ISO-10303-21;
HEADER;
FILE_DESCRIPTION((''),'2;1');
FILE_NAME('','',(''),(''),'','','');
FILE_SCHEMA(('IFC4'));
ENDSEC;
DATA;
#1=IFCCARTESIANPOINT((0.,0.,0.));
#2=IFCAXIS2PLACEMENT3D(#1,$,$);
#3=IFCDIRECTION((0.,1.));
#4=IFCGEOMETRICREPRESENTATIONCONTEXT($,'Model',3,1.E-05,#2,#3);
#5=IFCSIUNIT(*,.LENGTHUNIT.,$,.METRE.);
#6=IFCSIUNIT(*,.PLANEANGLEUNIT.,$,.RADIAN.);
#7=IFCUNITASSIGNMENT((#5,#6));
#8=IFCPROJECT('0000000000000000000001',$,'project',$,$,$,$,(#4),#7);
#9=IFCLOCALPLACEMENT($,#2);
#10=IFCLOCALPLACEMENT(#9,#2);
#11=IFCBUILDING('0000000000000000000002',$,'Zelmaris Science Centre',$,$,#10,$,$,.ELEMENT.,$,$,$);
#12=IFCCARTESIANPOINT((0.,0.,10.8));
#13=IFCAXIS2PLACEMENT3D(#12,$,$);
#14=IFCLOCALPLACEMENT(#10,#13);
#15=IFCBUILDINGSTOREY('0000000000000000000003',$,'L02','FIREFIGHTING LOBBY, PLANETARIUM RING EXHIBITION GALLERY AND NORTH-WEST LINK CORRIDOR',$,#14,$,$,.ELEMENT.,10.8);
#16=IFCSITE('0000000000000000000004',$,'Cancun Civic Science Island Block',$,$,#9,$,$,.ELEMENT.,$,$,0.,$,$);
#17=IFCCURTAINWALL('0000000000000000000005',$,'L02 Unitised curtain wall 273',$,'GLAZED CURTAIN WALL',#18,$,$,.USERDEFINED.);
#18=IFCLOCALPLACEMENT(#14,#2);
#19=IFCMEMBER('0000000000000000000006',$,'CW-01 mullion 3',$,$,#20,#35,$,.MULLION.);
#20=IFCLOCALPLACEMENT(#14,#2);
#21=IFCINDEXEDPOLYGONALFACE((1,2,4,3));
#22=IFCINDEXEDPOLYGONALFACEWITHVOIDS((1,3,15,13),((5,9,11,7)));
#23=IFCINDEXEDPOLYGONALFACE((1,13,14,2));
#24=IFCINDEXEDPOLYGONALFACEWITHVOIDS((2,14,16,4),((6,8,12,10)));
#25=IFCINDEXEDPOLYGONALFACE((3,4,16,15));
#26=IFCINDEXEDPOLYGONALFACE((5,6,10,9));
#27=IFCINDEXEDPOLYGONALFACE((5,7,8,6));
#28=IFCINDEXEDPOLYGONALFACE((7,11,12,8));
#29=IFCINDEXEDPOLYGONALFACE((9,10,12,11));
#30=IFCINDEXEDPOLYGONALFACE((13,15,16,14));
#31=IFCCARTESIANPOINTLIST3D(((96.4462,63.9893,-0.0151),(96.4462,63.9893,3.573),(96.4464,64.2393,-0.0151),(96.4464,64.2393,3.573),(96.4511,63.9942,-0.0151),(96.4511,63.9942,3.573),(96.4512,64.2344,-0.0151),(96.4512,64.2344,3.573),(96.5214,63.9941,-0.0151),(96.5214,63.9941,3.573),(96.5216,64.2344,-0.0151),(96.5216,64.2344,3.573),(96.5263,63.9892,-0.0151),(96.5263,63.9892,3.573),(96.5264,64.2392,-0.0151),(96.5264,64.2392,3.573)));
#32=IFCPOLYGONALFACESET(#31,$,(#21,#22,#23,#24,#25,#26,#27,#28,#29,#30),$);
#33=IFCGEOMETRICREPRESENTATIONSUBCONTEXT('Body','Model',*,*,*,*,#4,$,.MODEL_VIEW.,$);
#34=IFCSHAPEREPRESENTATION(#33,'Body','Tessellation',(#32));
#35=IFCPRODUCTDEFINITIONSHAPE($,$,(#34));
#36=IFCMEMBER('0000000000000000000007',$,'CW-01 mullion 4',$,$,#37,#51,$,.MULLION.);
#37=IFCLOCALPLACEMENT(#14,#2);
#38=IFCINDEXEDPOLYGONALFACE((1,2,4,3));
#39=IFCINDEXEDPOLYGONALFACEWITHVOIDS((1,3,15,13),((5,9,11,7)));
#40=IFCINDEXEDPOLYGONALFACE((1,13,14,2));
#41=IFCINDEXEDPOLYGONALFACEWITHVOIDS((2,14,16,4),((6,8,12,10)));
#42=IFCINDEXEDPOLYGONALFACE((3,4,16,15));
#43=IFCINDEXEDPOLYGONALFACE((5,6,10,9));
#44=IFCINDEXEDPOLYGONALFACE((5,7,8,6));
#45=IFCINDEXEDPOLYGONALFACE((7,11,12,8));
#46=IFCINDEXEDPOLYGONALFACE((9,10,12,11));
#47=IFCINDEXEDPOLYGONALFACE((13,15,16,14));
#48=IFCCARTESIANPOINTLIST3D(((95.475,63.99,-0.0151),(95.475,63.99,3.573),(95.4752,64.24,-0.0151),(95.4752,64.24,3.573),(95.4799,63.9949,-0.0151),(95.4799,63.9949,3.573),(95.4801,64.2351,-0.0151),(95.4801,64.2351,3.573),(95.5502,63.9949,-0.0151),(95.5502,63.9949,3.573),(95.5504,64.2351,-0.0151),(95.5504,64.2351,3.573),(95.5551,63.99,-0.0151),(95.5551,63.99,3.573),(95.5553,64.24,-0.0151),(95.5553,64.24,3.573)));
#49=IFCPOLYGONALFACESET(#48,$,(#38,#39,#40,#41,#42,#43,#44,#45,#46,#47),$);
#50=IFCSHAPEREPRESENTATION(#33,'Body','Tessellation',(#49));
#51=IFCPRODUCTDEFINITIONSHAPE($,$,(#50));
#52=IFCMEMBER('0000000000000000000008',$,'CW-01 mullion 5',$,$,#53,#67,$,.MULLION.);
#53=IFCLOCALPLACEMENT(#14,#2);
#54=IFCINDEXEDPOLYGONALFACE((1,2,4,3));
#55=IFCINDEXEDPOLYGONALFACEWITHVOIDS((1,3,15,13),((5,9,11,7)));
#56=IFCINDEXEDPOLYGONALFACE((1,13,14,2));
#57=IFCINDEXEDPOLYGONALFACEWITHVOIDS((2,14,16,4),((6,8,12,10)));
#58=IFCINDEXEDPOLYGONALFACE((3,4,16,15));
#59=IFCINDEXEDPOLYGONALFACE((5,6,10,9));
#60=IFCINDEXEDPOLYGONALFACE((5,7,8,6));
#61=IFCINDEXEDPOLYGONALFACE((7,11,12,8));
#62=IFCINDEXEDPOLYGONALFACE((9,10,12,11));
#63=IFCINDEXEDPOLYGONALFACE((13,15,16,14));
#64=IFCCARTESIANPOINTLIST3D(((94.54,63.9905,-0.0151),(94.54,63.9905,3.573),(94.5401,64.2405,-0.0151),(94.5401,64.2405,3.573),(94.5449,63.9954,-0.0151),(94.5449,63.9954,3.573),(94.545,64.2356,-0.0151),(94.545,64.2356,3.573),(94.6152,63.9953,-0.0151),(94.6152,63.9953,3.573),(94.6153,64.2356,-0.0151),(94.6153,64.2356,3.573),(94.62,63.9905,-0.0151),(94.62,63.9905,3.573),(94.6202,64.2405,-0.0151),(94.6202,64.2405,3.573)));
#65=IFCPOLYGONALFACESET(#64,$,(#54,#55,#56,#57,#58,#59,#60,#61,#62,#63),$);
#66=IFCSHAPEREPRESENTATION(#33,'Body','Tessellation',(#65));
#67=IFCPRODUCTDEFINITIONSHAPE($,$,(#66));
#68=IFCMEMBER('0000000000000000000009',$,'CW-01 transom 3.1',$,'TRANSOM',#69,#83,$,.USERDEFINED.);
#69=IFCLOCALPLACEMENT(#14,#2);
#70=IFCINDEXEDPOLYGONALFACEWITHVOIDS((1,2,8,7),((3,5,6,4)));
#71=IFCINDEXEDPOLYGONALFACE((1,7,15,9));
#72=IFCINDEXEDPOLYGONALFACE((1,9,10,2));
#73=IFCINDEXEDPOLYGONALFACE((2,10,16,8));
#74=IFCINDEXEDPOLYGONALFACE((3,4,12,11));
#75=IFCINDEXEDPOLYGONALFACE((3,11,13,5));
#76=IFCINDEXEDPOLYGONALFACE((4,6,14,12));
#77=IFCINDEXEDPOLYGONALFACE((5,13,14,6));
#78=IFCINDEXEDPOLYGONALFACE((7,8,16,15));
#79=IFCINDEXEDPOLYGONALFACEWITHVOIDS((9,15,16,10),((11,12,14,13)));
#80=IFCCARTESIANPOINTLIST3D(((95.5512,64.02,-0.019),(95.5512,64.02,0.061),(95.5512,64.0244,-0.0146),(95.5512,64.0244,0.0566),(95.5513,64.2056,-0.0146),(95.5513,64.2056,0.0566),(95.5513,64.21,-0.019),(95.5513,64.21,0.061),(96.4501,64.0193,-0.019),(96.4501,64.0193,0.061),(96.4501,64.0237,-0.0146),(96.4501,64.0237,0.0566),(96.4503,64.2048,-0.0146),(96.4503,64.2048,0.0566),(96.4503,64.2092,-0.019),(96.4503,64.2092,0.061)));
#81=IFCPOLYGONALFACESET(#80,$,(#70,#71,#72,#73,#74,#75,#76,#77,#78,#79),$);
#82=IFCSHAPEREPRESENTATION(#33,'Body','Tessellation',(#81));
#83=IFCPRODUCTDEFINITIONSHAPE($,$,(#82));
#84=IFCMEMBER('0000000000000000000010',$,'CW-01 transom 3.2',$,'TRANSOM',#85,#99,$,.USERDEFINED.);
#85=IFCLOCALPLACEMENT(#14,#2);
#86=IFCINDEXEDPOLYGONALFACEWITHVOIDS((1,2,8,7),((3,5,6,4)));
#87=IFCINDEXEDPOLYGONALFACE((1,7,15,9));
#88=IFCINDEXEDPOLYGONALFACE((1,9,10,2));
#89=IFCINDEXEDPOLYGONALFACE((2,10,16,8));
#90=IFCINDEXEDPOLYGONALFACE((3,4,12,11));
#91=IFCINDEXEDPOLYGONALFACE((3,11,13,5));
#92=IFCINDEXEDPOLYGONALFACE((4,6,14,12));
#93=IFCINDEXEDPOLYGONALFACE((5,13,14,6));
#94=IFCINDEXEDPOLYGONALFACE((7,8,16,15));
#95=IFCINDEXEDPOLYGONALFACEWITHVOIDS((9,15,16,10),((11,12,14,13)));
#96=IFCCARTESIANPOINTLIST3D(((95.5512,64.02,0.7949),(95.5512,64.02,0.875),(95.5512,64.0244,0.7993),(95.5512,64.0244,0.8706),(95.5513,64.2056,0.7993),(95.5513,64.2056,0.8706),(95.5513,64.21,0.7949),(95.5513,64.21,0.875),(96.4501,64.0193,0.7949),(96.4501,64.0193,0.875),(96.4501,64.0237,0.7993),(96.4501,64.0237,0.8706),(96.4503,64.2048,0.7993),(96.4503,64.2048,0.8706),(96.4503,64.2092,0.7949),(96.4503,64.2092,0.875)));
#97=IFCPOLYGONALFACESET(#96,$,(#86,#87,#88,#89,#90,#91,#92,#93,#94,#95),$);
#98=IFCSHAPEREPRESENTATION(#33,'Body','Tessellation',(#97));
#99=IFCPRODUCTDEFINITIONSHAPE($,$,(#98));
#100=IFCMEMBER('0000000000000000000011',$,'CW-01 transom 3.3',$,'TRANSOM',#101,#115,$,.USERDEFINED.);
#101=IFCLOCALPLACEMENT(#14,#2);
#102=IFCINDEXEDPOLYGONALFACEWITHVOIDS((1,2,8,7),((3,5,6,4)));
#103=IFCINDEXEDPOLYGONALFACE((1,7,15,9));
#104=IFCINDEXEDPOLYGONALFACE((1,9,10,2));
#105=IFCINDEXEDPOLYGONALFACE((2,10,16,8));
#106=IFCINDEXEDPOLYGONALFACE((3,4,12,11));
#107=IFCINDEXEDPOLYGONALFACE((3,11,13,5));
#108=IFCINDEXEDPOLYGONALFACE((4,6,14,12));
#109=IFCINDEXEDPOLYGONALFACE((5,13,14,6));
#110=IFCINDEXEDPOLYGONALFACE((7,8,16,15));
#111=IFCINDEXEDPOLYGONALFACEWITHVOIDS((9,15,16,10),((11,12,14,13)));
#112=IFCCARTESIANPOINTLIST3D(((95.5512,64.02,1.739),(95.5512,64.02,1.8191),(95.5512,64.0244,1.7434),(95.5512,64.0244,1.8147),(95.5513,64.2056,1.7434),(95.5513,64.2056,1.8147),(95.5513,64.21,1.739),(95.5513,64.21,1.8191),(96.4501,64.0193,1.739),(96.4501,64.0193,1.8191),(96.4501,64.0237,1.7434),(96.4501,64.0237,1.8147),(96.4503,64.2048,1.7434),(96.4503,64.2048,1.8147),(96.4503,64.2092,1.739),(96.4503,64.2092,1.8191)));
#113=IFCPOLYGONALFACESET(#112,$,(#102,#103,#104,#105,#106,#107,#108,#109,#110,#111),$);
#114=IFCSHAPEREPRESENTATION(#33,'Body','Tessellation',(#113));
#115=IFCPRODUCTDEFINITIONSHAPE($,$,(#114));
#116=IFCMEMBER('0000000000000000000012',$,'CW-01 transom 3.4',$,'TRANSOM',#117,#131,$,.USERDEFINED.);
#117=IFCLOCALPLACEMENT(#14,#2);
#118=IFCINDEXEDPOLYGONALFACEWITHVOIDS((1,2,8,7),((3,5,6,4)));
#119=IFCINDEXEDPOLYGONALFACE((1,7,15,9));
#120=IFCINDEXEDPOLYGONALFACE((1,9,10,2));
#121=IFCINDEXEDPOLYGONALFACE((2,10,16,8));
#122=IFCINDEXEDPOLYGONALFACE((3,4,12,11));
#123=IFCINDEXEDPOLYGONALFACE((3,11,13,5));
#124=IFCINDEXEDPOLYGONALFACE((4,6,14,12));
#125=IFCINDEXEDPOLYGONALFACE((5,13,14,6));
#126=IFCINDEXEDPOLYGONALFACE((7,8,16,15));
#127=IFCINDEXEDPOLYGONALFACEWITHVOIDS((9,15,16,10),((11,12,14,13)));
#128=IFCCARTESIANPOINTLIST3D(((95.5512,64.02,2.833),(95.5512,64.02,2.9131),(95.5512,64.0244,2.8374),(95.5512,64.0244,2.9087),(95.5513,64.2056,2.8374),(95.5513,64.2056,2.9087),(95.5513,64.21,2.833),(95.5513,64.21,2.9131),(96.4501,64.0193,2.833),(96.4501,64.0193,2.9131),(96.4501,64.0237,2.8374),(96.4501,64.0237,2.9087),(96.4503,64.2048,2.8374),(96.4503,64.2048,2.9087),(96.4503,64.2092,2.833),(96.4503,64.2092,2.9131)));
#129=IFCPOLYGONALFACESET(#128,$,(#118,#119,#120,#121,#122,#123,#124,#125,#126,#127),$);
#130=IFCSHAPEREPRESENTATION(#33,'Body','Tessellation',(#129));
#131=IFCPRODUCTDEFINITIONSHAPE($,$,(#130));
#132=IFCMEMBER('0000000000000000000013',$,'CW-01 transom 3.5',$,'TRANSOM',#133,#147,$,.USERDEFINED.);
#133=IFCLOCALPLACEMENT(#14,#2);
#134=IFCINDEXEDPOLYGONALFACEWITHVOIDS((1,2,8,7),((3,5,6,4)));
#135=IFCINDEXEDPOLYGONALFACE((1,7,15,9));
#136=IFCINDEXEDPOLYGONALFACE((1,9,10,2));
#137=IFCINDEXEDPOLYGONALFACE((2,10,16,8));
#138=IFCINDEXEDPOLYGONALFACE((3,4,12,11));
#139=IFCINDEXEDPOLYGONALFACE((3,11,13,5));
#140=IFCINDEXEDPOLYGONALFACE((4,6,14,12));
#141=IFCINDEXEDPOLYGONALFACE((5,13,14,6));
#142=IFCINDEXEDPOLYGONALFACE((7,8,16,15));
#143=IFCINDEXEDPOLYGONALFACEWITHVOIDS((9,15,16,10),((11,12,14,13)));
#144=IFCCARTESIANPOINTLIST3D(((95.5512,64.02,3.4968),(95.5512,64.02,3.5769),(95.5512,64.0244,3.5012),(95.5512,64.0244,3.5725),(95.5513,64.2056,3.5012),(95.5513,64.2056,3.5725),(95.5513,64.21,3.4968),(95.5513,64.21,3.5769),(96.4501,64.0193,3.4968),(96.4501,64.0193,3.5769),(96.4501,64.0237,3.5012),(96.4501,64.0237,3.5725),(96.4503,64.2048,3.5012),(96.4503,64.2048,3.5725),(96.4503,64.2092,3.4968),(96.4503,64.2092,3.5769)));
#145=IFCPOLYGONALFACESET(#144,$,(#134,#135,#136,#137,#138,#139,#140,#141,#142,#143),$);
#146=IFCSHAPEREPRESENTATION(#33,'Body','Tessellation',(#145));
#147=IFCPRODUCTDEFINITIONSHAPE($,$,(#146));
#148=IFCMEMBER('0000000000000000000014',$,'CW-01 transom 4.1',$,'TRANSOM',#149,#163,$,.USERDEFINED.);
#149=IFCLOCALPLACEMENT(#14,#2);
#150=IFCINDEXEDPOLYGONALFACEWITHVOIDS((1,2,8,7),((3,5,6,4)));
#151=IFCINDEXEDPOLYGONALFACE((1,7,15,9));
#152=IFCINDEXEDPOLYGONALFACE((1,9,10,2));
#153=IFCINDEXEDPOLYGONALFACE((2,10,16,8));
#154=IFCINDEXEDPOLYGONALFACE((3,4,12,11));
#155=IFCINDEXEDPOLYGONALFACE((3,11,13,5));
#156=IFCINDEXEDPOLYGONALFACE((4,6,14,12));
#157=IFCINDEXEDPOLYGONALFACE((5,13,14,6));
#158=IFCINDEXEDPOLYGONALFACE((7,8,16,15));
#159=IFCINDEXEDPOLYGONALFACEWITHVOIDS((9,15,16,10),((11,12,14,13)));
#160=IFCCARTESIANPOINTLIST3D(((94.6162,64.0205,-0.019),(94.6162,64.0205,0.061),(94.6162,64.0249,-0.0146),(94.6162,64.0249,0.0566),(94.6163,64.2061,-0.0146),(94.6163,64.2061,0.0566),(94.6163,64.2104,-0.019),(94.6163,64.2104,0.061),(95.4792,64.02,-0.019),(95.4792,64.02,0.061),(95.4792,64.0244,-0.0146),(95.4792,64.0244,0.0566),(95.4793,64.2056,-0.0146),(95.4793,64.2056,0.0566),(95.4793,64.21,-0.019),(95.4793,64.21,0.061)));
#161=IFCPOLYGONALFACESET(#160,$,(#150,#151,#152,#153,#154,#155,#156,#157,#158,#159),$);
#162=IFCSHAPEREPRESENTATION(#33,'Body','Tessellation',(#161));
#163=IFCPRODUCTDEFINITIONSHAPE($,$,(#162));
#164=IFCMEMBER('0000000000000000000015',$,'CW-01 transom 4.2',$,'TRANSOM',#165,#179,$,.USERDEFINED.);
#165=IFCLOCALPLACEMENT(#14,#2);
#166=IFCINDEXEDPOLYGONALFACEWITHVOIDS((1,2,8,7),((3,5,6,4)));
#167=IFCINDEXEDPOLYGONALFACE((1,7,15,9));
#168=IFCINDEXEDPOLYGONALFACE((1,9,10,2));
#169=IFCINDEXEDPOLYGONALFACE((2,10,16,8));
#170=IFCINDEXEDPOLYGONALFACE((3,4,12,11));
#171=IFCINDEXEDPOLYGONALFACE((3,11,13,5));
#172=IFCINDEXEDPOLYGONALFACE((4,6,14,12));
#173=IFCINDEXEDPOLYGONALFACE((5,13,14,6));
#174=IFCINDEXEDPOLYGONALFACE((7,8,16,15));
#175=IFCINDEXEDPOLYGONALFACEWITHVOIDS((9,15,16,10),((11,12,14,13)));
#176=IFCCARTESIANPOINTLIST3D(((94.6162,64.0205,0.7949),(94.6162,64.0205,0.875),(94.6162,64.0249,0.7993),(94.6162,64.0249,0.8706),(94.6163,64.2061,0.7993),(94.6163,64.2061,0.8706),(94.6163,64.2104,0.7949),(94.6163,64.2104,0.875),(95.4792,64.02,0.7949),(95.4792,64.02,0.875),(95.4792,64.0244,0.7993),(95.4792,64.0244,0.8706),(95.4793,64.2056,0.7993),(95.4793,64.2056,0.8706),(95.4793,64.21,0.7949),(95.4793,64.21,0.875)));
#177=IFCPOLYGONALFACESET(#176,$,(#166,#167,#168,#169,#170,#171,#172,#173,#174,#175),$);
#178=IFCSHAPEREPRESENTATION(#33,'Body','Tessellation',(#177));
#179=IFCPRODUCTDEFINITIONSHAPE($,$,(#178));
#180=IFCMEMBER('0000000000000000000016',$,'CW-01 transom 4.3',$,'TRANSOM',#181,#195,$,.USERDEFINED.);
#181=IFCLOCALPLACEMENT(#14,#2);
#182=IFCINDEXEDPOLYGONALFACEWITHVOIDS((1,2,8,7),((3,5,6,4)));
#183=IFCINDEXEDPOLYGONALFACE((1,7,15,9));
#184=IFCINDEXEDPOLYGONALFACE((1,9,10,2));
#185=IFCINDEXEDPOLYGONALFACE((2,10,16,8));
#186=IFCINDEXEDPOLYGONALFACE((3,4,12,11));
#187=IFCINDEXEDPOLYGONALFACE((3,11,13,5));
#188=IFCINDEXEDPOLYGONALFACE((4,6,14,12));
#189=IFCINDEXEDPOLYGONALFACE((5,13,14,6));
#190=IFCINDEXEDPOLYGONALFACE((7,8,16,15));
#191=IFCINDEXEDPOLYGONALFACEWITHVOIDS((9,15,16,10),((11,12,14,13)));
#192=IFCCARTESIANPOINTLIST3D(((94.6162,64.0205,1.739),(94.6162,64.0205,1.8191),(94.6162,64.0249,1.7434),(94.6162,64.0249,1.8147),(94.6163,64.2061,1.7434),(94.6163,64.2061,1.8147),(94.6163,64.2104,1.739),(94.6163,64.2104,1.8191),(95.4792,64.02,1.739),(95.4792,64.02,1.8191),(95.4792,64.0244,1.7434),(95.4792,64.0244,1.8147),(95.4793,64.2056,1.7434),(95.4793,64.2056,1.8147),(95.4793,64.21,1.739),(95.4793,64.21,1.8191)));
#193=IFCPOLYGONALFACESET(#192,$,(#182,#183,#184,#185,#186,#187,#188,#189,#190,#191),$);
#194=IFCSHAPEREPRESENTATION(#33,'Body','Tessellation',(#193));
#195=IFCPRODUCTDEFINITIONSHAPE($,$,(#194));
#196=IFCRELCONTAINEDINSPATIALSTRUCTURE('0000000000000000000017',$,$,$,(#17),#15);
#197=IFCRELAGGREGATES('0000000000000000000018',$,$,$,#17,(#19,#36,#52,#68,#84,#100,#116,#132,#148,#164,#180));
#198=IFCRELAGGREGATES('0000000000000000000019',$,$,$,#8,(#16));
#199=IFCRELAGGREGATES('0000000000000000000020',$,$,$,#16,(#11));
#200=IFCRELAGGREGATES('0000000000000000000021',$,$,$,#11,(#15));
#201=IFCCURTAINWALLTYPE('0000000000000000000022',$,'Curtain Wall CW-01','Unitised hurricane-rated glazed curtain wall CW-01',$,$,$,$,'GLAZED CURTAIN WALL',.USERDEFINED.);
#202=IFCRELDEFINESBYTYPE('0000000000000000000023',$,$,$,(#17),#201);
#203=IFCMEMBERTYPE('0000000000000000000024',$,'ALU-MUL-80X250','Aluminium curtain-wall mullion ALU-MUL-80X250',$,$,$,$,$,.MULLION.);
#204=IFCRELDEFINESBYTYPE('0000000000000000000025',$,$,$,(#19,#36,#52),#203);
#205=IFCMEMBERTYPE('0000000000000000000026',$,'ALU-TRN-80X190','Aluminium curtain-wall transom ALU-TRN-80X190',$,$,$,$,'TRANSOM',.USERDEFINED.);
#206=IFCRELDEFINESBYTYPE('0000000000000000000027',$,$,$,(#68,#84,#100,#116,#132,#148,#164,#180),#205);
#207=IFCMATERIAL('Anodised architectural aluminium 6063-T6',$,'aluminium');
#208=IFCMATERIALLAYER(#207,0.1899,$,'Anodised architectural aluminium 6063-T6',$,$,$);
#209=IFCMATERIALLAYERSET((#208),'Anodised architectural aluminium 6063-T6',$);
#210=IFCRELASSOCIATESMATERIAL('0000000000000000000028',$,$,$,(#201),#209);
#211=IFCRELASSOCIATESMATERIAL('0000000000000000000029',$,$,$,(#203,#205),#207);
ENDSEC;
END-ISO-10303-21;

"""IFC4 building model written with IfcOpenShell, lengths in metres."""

from ifc_helpers import new_model, si_unit, direction, frame, origin, origin_2d, place, context, subcontext, project, spatial, hollow_rectangle, extrude, material, layer, layer_set, material_profile, profile_set, type_object, element, aggregate, save


model = new_model("IFC4")

# Units and contexts
model_context = context("Model", 3, precision=1e-05, world=origin(), true_north=direction((0.0, 1.0)))
body_context = subcontext(model_context, "Body", "Model", "MODEL_VIEW")
ifc_project = project(units=[si_unit("LENGTHUNIT", "METRE"), si_unit("PLANEANGLEUNIT", "RADIAN")], contexts=[model_context])

# Site, building, storey
site_placement = place(None, origin())
site = spatial("IfcSite", under=ifc_project, at=site_placement, Name="Cancun Civic Science Island Block", CompositionType="ELEMENT", RefElevation=0.0)
building_placement = place(site_placement, origin())
building = spatial("IfcBuilding", under=site, at=building_placement, Name="Zelmaris Science Centre", CompositionType="ELEMENT")
storey_placement = place(building_placement, frame((0.0, 0.0, 10.8)))
storey = spatial("IfcBuildingStorey", under=building, at=storey_placement, Name="L02", Description="FIREFIGHTING LOBBY, PLANETARIUM RING EXHIBITION GALLERY AND NORTH-WEST LINK CORRIDOR", CompositionType="ELEMENT", Elevation=10.8)

# Curtain wall, members
ifc_material_1 = material(Name="Anodised architectural aluminium 6063-T6", Category="aluminium")
ifc_layer_1 = layer(ifc_material_1, 0.1899, Name="Anodised architectural aluminium 6063-T6")
ifc_layer_set_1 = layer_set([ifc_layer_1], Name="Anodised architectural aluminium 6063-T6")
curtain_wall_type = type_object("IfcCurtainWallType", Name="Curtain Wall CW-01", Description="Unitised hurricane-rated glazed curtain wall CW-01", ElementType="GLAZED CURTAIN WALL", PredefinedType="USERDEFINED", material=ifc_layer_set_1)
curtain_wall_placement = place(storey_placement, origin())
curtain_wall = element("IfcCurtainWall", 1, at=curtain_wall_placement, inside=storey, type_object=curtain_wall_type, Name="L02 Unitised curtain wall 273", ObjectType="GLAZED CURTAIN WALL", PredefinedType="USERDEFINED")
ifc_material_profile_1 = material_profile(ifc_material_1, hollow_rectangle(XDim=0.0801, YDim=0.25, WallThickness=0.0049, at=origin_2d()), Name="ALU-MUL-80X250")
ifc_profile_set_1 = profile_set([ifc_material_profile_1], Name="Anodised architectural aluminium 6063-T6")
member_type_1 = type_object("IfcMemberType", Name="ALU-MUL-80X250", Description="Aluminium curtain-wall mullion ALU-MUL-80X250", PredefinedType="MULLION", material=ifc_profile_set_1)
member_1_placement = place(storey_placement, frame((96.4863, 64.1143, -0.0151), z_axis=(0.0, 0.0, 1.0), x_axis=(-1.0, 0.000595, 0.0)))
member_1 = element("IfcMember", 2, at=member_1_placement, type_object=member_type_1, Name="CW-01 mullion 3", PredefinedType="MULLION", context=body_context, shape_type="SweptSolid", body=[
    extrude(hollow_rectangle(XDim=0.0801, YDim=0.25, WallThickness=0.0049, at=origin_2d()), origin(), (0.0, 0.0, 1.0), 3.5881),
])
member_2_placement = place(storey_placement, frame((95.5151, 64.115, -0.0151), z_axis=(0.0, 0.0, 1.0), x_axis=(-1.0, 0.000595, 0.0)))
member_2 = element("IfcMember", 3, at=member_2_placement, type_object=member_type_1, Name="CW-01 mullion 4", PredefinedType="MULLION", context=body_context, shape_type="SweptSolid", body=[
    extrude(hollow_rectangle(XDim=0.0801, YDim=0.25, WallThickness=0.0049, at=origin_2d()), origin(), (0.0, 0.0, 1.0), 3.5881),
])
member_3_placement = place(storey_placement, frame((94.5801, 64.1155, -0.0151), z_axis=(0.0, 0.0, 1.0), x_axis=(-1.0, 0.000595, 0.0)))
member_3 = element("IfcMember", 4, at=member_3_placement, type_object=member_type_1, Name="CW-01 mullion 5", PredefinedType="MULLION", context=body_context, shape_type="SweptSolid", body=[
    extrude(hollow_rectangle(XDim=0.0801, YDim=0.25, WallThickness=0.0049, at=origin_2d()), origin(), (0.0, 0.0, 1.0), 3.5881),
])
ifc_material_profile_2 = material_profile(ifc_material_1, hollow_rectangle(XDim=0.0801, YDim=0.1899, WallThickness=0.0044, at=origin_2d()), Name="ALU-TRN-80X190")
ifc_profile_set_2 = profile_set([ifc_material_profile_2], Name="Anodised architectural aluminium 6063-T6")
member_type_2 = type_object("IfcMemberType", Name="ALU-TRN-80X190", Description="Aluminium curtain-wall transom ALU-TRN-80X190", ElementType="TRANSOM", PredefinedType="USERDEFINED", material=ifc_profile_set_2)
member_4_placement = place(storey_placement, frame((96.4502, 64.1143, 0.021), z_axis=(-1.0, 0.000815, 0.0), x_axis=(0.0, 0.0, 1.0)))
member_4 = element("IfcMember", 5, at=member_4_placement, type_object=member_type_2, Name="CW-01 transom 3.1", ObjectType="TRANSOM", PredefinedType="USERDEFINED", context=body_context, shape_type="SweptSolid", body=[
    extrude(hollow_rectangle(XDim=0.0801, YDim=0.1899, WallThickness=0.0044, at=origin_2d()), origin(), (0.0, 0.0, 1.0), 0.8989),
])
member_5_placement = place(storey_placement, frame((96.4502, 64.1143, 0.835), z_axis=(-1.0, 0.000815, 0.0), x_axis=(0.0, 0.0, 1.0)))
member_5 = element("IfcMember", 6, at=member_5_placement, type_object=member_type_2, Name="CW-01 transom 3.2", ObjectType="TRANSOM", PredefinedType="USERDEFINED", context=body_context, shape_type="SweptSolid", body=[
    extrude(hollow_rectangle(XDim=0.0801, YDim=0.1899, WallThickness=0.0044, at=origin_2d()), origin(), (0.0, 0.0, 1.0), 0.8989),
])
member_6_placement = place(storey_placement, frame((96.4502, 64.1143, 1.7791), z_axis=(-1.0, 0.000815, 0.0), x_axis=(0.0, 0.0, 1.0)))
member_6 = element("IfcMember", 7, at=member_6_placement, type_object=member_type_2, Name="CW-01 transom 3.3", ObjectType="TRANSOM", PredefinedType="USERDEFINED", context=body_context, shape_type="SweptSolid", body=[
    extrude(hollow_rectangle(XDim=0.0801, YDim=0.1899, WallThickness=0.0044, at=origin_2d()), origin(), (0.0, 0.0, 1.0), 0.8989),
])
member_7_placement = place(storey_placement, frame((96.4502, 64.1143, 2.873), z_axis=(-1.0, 0.000815, 0.0), x_axis=(0.0, 0.0, 1.0)))
member_7 = element("IfcMember", 8, at=member_7_placement, type_object=member_type_2, Name="CW-01 transom 3.4", ObjectType="TRANSOM", PredefinedType="USERDEFINED", context=body_context, shape_type="SweptSolid", body=[
    extrude(hollow_rectangle(XDim=0.0801, YDim=0.1899, WallThickness=0.0044, at=origin_2d()), origin(), (0.0, 0.0, 1.0), 0.8989),
])
member_8_placement = place(storey_placement, frame((96.4502, 64.1143, 3.5369), z_axis=(-1.0, 0.000815, 0.0), x_axis=(0.0, 0.0, 1.0)))
member_8 = element("IfcMember", 9, at=member_8_placement, type_object=member_type_2, Name="CW-01 transom 3.5", ObjectType="TRANSOM", PredefinedType="USERDEFINED", context=body_context, shape_type="SweptSolid", body=[
    extrude(hollow_rectangle(XDim=0.0801, YDim=0.1899, WallThickness=0.0044, at=origin_2d()), origin(), (0.0, 0.0, 1.0), 0.8989),
])
member_9_placement = place(storey_placement, frame((95.4792, 64.115, 0.021), z_axis=(-1.0, 0.000566, 0.0), x_axis=(0.0, 0.0, 1.0)))
member_9 = element("IfcMember", 10, at=member_9_placement, type_object=member_type_2, Name="CW-01 transom 4.1", ObjectType="TRANSOM", PredefinedType="USERDEFINED", context=body_context, shape_type="SweptSolid", body=[
    extrude(hollow_rectangle(XDim=0.0801, YDim=0.1899, WallThickness=0.0044, at=origin_2d()), origin(), (0.0, 0.0, 1.0), 0.863),
])
member_10_placement = place(storey_placement, frame((95.4792, 64.115, 0.835), z_axis=(-1.0, 0.000566, 0.0), x_axis=(0.0, 0.0, 1.0)))
member_10 = element("IfcMember", 11, at=member_10_placement, type_object=member_type_2, Name="CW-01 transom 4.2", ObjectType="TRANSOM", PredefinedType="USERDEFINED", context=body_context, shape_type="SweptSolid", body=[
    extrude(hollow_rectangle(XDim=0.0801, YDim=0.1899, WallThickness=0.0044, at=origin_2d()), origin(), (0.0, 0.0, 1.0), 0.863),
])
member_11_placement = place(storey_placement, frame((95.4792, 64.115, 1.7791), z_axis=(-1.0, 0.000566, 0.0), x_axis=(0.0, 0.0, 1.0)))
member_11 = element("IfcMember", 12, at=member_11_placement, type_object=member_type_2, Name="CW-01 transom 4.3", ObjectType="TRANSOM", PredefinedType="USERDEFINED", context=body_context, shape_type="SweptSolid", body=[
    extrude(hollow_rectangle(XDim=0.0801, YDim=0.1899, WallThickness=0.0044, at=origin_2d()), origin(), (0.0, 0.0, 1.0), 0.863),
])
aggregate(curtain_wall, [member_1, member_2, member_3, member_4, member_5, member_6, member_7, member_8, member_9, member_10, member_11])

save(model, "model.ifc")
